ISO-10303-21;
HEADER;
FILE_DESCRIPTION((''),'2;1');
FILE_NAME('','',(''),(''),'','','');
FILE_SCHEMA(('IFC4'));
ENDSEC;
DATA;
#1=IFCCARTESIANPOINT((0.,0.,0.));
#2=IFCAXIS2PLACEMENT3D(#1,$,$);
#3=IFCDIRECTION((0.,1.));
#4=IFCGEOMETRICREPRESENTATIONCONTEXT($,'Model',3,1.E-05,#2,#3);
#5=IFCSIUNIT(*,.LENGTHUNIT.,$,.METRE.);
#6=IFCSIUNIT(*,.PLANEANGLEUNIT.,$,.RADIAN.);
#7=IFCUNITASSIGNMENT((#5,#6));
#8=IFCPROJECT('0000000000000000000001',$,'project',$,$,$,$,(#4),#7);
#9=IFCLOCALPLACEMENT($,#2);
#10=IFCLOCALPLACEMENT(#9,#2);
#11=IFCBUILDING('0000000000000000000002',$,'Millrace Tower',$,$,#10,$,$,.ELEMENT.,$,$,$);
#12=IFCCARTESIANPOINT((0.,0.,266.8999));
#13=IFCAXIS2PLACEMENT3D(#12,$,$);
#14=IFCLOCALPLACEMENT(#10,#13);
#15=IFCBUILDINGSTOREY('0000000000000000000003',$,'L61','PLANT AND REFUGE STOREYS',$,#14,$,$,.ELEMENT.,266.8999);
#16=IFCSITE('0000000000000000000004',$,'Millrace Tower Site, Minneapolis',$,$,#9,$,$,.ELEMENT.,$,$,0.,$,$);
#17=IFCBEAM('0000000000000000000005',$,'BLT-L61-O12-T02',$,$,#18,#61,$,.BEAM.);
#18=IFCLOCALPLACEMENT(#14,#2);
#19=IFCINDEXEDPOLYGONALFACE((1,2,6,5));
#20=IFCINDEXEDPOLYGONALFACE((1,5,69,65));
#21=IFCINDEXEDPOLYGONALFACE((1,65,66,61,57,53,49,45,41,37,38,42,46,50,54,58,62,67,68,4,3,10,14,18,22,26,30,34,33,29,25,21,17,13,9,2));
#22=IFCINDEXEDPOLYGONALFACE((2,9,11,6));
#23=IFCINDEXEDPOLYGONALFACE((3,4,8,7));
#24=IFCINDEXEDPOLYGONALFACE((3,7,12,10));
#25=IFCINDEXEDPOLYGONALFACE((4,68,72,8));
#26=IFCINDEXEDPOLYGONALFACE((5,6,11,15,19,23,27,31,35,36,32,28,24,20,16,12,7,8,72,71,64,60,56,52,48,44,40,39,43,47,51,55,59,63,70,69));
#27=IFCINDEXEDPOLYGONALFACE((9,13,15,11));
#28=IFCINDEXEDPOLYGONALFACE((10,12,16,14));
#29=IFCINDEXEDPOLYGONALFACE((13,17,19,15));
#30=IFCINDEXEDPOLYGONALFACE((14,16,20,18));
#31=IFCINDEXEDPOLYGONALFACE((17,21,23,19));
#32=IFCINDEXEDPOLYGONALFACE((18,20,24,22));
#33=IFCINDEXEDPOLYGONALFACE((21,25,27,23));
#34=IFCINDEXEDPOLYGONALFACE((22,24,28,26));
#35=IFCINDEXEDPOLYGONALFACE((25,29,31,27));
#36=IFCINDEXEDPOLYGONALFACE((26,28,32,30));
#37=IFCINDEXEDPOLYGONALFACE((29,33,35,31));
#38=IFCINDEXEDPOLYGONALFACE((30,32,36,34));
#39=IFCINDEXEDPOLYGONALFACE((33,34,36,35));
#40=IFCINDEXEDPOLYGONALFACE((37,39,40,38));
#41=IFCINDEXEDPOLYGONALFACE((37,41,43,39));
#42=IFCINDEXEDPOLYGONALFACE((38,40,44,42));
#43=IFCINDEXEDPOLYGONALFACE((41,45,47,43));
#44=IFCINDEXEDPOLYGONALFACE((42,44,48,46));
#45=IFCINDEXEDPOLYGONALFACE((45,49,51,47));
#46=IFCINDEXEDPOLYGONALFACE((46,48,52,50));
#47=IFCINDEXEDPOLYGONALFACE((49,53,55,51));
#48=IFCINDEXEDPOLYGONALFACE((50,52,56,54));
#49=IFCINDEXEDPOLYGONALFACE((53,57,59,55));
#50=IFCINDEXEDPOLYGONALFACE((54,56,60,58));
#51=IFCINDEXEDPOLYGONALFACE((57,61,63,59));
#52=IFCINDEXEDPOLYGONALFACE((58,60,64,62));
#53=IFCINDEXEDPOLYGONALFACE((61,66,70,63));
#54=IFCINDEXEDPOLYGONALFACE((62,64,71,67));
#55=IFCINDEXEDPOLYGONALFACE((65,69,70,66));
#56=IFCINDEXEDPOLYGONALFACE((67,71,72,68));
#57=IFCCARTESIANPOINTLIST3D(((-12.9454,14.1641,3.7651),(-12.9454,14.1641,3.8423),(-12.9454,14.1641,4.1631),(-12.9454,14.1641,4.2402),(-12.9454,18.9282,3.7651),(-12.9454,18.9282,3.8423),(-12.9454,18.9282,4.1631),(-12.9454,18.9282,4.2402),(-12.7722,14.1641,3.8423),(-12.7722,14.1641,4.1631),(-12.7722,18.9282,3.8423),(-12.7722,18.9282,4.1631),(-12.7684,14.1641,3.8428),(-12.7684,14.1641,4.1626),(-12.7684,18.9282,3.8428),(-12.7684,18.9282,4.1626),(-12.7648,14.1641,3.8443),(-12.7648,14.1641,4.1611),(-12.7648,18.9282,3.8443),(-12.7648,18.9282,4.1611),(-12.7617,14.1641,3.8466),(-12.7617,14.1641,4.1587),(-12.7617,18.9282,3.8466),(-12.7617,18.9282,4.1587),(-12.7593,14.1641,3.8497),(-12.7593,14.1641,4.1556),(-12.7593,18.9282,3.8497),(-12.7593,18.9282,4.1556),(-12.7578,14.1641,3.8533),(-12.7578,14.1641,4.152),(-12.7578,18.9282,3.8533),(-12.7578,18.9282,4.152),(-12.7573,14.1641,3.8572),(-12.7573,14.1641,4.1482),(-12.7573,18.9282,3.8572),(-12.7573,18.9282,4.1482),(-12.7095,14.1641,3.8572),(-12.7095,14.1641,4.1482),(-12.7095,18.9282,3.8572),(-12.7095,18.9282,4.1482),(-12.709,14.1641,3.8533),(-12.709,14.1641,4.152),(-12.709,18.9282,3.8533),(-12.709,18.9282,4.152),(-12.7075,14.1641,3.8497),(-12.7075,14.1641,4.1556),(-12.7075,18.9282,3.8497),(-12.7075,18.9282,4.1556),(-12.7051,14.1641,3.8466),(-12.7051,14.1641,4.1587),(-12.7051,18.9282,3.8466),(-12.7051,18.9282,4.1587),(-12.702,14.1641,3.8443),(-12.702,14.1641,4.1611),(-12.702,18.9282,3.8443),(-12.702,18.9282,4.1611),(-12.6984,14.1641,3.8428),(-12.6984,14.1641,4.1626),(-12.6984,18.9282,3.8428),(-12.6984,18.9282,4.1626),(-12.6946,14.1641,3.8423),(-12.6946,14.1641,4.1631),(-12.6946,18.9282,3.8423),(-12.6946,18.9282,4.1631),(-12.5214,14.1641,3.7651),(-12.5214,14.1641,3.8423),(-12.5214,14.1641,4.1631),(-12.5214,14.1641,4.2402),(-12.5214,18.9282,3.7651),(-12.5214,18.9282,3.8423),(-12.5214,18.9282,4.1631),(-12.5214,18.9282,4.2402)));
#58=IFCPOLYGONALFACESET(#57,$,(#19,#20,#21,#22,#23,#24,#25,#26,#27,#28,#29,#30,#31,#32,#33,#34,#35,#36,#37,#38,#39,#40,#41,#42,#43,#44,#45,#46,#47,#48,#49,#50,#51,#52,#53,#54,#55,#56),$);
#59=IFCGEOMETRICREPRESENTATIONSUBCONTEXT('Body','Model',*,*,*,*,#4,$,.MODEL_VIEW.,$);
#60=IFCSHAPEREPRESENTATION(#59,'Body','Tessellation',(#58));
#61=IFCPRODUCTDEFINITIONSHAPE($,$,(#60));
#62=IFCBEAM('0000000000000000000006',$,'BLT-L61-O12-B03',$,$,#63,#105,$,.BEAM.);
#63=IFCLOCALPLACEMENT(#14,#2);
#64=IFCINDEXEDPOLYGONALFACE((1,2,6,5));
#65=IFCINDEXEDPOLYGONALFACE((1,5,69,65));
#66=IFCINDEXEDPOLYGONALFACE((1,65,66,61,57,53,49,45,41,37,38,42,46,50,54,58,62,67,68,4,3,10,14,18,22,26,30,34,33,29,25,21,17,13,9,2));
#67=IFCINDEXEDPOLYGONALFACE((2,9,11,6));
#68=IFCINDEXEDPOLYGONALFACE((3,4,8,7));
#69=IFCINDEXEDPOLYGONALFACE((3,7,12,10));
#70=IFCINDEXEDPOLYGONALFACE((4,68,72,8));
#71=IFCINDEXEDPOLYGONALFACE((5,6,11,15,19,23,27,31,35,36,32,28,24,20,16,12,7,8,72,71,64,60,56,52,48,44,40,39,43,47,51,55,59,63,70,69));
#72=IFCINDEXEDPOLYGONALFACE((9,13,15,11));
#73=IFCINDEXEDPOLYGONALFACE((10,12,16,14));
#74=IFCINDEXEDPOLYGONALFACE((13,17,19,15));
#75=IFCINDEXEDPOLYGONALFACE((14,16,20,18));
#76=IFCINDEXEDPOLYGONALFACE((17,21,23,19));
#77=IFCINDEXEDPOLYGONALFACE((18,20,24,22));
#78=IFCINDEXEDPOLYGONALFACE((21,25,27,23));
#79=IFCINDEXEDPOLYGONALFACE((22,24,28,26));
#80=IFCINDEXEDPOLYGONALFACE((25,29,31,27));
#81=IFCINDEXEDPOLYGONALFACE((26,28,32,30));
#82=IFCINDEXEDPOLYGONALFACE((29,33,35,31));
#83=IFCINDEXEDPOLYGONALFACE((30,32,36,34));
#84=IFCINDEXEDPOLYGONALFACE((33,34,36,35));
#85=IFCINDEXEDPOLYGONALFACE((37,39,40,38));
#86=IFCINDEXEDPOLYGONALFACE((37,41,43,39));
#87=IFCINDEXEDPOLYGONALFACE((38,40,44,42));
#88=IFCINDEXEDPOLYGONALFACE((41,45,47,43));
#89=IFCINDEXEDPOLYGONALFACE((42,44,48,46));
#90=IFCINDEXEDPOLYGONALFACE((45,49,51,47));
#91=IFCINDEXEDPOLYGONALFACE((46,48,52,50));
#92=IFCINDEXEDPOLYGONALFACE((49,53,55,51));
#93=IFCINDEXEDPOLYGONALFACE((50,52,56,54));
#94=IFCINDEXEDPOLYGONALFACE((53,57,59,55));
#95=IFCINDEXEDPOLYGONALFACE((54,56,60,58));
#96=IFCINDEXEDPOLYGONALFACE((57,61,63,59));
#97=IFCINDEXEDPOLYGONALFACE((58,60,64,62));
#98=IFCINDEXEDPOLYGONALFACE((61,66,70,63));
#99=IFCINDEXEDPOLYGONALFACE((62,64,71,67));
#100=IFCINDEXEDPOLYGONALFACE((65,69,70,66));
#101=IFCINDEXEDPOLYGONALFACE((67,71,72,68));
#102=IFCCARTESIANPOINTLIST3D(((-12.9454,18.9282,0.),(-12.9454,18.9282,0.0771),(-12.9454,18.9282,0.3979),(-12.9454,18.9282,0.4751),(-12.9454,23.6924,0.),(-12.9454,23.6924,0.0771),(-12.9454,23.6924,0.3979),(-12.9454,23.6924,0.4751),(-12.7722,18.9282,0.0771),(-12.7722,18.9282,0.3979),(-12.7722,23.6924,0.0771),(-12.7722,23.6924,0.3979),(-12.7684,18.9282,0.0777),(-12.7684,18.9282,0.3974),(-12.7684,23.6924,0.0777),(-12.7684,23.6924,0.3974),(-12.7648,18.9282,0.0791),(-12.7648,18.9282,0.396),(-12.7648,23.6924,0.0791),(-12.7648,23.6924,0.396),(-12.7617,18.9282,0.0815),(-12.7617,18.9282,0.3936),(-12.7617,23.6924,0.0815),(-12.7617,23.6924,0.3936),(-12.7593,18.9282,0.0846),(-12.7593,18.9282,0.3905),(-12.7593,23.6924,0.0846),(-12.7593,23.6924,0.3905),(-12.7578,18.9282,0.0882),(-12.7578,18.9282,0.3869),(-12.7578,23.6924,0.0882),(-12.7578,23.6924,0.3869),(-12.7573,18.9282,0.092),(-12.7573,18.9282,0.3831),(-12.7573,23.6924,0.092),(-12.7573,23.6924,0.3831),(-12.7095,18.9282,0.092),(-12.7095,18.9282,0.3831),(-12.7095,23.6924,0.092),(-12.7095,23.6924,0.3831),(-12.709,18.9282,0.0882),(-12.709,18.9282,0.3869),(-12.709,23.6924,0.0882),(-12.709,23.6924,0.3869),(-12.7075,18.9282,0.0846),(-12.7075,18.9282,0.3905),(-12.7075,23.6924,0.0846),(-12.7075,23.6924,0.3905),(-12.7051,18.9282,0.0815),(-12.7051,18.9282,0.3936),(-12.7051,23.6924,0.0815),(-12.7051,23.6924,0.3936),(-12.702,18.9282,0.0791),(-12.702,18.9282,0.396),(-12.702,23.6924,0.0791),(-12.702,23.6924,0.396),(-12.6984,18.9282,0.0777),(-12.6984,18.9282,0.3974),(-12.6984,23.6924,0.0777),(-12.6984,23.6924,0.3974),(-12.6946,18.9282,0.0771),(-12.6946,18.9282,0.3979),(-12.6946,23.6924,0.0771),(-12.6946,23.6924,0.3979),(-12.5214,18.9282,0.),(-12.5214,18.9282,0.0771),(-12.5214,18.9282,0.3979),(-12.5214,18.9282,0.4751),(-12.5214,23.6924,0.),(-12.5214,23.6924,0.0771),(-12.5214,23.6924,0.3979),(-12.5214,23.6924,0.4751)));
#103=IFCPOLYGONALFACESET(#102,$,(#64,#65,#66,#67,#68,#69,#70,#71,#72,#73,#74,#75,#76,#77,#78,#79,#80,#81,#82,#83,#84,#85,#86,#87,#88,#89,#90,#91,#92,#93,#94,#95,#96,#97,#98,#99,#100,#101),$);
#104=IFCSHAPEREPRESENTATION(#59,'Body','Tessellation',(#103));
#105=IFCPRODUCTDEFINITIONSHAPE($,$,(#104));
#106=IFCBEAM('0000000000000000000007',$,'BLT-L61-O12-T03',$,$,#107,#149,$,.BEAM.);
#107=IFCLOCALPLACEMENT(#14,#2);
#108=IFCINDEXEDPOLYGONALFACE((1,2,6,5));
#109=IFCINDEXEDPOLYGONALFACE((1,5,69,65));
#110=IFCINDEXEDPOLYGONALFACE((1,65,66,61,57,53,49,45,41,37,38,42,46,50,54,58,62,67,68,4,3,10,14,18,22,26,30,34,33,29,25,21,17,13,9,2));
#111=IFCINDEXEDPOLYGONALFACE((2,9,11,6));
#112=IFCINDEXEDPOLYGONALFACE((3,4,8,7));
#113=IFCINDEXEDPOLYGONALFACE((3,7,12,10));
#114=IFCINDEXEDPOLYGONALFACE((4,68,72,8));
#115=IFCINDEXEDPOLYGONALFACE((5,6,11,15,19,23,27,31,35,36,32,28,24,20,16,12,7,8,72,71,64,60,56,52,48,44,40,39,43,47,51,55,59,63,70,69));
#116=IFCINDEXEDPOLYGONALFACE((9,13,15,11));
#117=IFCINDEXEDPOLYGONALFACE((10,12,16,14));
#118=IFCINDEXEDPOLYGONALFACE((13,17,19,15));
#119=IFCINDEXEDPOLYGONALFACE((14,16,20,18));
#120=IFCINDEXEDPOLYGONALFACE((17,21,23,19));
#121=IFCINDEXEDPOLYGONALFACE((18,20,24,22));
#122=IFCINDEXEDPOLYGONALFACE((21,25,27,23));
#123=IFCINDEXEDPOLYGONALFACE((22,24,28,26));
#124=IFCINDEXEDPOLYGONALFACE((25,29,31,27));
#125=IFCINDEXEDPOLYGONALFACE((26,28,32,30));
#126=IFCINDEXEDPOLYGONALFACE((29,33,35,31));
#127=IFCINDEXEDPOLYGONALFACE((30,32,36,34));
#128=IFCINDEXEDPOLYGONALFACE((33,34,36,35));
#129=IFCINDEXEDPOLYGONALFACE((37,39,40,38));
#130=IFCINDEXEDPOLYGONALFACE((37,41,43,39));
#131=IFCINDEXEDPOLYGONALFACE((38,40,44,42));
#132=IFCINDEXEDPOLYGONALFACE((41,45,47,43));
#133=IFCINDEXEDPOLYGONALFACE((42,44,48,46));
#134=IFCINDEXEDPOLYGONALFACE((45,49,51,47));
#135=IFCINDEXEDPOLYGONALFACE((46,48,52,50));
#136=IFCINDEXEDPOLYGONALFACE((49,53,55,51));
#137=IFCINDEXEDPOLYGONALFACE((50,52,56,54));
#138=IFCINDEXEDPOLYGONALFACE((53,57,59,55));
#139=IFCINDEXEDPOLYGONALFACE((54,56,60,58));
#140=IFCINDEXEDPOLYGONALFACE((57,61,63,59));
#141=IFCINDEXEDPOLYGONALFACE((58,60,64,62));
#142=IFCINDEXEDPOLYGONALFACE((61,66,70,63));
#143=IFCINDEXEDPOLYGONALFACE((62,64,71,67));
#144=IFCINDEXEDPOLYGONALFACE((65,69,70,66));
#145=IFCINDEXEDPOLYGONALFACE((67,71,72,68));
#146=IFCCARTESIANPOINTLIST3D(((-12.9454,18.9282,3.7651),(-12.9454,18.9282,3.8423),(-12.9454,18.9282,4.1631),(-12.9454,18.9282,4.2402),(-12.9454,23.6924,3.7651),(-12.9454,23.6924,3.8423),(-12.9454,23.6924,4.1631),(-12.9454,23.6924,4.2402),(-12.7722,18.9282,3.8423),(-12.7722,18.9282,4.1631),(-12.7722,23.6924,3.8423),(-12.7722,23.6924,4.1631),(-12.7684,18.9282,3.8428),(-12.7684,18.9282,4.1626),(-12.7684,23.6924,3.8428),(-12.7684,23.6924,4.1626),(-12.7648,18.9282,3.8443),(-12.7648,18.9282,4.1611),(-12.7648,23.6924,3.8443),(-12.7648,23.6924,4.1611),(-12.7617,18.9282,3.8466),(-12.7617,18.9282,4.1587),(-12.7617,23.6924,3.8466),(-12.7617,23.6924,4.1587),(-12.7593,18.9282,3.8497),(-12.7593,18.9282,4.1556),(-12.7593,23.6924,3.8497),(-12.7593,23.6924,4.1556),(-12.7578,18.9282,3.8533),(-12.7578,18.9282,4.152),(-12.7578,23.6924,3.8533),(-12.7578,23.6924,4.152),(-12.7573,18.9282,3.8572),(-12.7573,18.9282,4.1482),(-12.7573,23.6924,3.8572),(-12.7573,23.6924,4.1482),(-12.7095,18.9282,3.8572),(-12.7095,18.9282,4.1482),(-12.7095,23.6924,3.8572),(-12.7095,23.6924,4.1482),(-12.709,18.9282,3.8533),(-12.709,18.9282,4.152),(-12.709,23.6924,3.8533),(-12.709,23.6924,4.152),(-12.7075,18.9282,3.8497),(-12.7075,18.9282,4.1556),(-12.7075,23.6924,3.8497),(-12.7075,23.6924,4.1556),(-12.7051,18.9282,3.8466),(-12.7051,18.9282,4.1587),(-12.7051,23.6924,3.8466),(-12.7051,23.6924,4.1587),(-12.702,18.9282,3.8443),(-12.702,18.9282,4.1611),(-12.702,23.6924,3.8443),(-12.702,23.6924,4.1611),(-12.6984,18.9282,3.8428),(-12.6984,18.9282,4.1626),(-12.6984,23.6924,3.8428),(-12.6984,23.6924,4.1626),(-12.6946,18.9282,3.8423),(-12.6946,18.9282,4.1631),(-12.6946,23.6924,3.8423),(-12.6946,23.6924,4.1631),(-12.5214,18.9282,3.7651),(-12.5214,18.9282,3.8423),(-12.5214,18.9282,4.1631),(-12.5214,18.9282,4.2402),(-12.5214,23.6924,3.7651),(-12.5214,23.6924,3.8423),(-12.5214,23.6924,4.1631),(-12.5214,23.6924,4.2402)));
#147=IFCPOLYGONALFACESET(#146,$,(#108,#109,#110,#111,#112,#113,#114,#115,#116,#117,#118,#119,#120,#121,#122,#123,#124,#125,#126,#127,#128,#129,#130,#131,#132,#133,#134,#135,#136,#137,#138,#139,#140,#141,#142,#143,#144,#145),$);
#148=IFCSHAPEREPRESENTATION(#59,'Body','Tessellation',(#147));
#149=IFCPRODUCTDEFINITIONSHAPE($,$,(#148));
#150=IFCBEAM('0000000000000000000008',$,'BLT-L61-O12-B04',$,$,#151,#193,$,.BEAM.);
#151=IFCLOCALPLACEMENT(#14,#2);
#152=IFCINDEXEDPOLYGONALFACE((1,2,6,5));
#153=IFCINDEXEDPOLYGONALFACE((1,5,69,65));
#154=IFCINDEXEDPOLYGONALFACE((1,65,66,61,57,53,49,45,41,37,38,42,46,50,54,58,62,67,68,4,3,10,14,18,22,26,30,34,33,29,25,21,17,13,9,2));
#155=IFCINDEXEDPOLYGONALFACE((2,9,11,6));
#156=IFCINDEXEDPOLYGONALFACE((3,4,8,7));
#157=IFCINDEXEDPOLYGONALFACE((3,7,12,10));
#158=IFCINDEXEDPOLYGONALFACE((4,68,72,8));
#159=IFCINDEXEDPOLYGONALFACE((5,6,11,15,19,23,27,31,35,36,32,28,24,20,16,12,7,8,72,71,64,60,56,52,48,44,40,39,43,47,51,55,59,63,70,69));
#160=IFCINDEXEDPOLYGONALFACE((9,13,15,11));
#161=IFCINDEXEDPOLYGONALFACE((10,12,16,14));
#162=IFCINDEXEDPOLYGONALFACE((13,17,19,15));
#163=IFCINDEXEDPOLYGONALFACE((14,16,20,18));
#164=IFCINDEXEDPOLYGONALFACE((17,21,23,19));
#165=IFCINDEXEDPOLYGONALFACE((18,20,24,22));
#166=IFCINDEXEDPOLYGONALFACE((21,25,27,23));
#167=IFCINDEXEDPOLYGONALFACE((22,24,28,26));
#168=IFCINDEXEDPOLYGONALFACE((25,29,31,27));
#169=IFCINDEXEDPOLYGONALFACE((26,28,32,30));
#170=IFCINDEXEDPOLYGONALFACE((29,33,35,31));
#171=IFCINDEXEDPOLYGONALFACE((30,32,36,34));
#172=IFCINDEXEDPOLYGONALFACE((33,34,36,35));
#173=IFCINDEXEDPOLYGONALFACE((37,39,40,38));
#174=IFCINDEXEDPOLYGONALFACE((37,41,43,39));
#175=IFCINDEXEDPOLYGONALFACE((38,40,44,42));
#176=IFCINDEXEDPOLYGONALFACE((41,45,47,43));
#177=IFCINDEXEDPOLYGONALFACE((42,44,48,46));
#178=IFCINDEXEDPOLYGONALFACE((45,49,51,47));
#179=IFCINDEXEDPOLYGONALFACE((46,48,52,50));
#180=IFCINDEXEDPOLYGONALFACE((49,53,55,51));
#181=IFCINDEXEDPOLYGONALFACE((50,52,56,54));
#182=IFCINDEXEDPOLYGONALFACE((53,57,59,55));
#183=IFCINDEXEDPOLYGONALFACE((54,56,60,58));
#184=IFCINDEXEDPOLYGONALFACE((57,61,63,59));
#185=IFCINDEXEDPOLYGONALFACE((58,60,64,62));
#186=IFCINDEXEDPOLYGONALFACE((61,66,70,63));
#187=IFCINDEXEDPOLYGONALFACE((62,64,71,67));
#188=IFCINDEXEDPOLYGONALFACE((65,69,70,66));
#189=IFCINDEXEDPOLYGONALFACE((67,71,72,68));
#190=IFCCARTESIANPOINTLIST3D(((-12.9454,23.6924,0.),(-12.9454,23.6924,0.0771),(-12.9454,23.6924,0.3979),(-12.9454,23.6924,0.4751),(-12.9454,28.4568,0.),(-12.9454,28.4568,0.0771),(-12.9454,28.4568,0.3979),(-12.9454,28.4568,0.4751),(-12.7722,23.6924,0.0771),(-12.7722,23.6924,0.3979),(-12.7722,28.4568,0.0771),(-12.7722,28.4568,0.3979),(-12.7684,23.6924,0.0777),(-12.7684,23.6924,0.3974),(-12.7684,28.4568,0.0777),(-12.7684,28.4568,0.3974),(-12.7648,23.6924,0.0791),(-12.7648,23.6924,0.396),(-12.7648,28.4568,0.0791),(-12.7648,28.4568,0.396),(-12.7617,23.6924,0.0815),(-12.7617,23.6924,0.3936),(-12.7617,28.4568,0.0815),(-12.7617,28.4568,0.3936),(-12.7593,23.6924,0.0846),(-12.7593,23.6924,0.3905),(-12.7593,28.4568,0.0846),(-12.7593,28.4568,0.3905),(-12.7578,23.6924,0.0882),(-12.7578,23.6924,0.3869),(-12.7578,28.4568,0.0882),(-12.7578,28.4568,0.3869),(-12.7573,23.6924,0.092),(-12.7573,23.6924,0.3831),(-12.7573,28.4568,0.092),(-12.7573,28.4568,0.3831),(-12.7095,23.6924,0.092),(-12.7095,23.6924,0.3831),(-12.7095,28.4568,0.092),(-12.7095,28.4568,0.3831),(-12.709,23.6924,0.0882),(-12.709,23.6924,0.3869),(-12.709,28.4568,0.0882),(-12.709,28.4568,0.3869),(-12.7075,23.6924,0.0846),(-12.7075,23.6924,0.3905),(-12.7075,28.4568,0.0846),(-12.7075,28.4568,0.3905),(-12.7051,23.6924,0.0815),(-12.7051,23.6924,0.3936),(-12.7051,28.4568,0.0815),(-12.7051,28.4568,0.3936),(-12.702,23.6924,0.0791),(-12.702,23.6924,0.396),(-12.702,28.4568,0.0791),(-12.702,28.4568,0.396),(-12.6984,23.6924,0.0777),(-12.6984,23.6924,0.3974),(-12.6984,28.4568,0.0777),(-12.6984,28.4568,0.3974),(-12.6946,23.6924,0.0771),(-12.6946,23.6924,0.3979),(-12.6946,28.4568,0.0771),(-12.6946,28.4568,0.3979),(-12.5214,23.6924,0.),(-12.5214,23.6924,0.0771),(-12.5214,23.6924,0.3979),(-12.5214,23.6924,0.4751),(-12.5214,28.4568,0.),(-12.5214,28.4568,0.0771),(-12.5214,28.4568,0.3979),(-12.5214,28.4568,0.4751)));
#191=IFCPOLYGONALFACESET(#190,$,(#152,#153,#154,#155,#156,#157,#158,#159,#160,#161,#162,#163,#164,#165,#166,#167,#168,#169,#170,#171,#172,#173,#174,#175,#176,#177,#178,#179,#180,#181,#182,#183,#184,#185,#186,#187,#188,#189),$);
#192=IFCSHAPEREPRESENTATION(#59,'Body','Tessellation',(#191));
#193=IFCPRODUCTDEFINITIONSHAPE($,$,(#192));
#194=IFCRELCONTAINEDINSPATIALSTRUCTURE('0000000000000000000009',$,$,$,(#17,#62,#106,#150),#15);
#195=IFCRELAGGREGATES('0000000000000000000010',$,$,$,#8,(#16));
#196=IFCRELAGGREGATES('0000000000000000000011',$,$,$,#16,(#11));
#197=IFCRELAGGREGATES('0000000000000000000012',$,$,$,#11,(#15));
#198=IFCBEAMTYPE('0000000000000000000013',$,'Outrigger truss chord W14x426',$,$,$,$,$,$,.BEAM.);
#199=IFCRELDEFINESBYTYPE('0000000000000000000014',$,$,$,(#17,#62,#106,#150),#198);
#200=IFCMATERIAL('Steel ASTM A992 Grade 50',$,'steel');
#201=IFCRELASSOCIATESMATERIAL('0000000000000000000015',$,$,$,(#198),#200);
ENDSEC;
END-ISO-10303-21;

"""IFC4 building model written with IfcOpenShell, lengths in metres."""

from ifc_helpers import new_model, si_unit, direction, frame, origin, origin_2d, place, context, subcontext, project, spatial, i_section, extrude, material, material_profile, profile_set, type_object, element, save


model = new_model("IFC4")

# Units and contexts
model_context = context("Model", 3, precision=1e-05, world=origin(), true_north=direction((0.0, 1.0)))
body_context = subcontext(model_context, "Body", "Model", "MODEL_VIEW")
ifc_project = project(units=[si_unit("LENGTHUNIT", "METRE"), si_unit("PLANEANGLEUNIT", "RADIAN")], contexts=[model_context])

# Site, building, storey
site_placement = place(None, origin())
site = spatial("IfcSite", under=ifc_project, at=site_placement, Name="Millrace Tower Site, Minneapolis", CompositionType="ELEMENT", RefElevation=0.0)
building_placement = place(site_placement, origin())
building = spatial("IfcBuilding", under=site, at=building_placement, Name="Millrace Tower", CompositionType="ELEMENT")
storey_placement = place(building_placement, frame((0.0, 0.0, 266.8999)))
storey = spatial("IfcBuildingStorey", under=building, at=storey_placement, Name="L61", Description="PLANT AND REFUGE STOREYS", CompositionType="ELEMENT", Elevation=266.8999)

# Beams
ifc_material_1 = material(Name="Steel ASTM A992 Grade 50", Category="steel")
ifc_material_profile_1 = material_profile(ifc_material_1, i_section(OverallWidth=0.4241, OverallDepth=0.4751, WebThickness=0.0479, FlangeThickness=0.0771, FilletRadius=0.0149, at=origin_2d()))
ifc_profile_set_1 = profile_set([ifc_material_profile_1], Name="Steel ASTM A992 Grade 50")
beam_type_1 = type_object("IfcBeamType", Name="Outrigger truss chord W14x426", PredefinedType="BEAM", material=ifc_profile_set_1)
for number, where, z_axis, x_axis, name in (
    (1, (-12.7334, 14.1641, 4.0027), (0.0, 1.0, 0.0), (-1.0, 0.0, 0.0), "BLT-L61-O12-T02"),
    (2, (-12.7334, 18.9282, 0.2375), (0.0, 1.0, 0.0), (-1.0, 0.0, 0.0), "BLT-L61-O12-B03"),
    (3, (-12.7334, 18.9282, 4.0027), (0.0, 1.0, 0.0), (-1.0, 0.0, 0.0), "BLT-L61-O12-T03"),
):
    element("IfcBeam", number, at=place(storey_placement, frame(where, z_axis=z_axis, x_axis=x_axis)), inside=storey, type_object=beam_type_1, Name=name, PredefinedType="BEAM", context=body_context, shape_type="SweptSolid", body=[
        extrude(i_section(OverallWidth=0.4241, OverallDepth=0.4751, WebThickness=0.0479, FlangeThickness=0.0771, FilletRadius=0.0149, at=origin_2d()), origin(), (0.0, 0.0, 1.0), 4.7642),
    ])
for number, where, z_axis, x_axis, name in (
    (4, (-12.7334, 23.6924, 0.2375), (0.0, 1.0, 0.0), (-1.0, 0.0, 0.0), "BLT-L61-O12-B04"),
):
    element("IfcBeam", number, at=place(storey_placement, frame(where, z_axis=z_axis, x_axis=x_axis)), inside=storey, type_object=beam_type_1, Name=name, PredefinedType="BEAM", context=body_context, shape_type="SweptSolid", body=[
        extrude(i_section(OverallWidth=0.4241, OverallDepth=0.4751, WebThickness=0.0479, FlangeThickness=0.0771, FilletRadius=0.0149, at=origin_2d()), origin(), (0.0, 0.0, 1.0), 4.7644),
    ])

save(model, "model.ifc")
